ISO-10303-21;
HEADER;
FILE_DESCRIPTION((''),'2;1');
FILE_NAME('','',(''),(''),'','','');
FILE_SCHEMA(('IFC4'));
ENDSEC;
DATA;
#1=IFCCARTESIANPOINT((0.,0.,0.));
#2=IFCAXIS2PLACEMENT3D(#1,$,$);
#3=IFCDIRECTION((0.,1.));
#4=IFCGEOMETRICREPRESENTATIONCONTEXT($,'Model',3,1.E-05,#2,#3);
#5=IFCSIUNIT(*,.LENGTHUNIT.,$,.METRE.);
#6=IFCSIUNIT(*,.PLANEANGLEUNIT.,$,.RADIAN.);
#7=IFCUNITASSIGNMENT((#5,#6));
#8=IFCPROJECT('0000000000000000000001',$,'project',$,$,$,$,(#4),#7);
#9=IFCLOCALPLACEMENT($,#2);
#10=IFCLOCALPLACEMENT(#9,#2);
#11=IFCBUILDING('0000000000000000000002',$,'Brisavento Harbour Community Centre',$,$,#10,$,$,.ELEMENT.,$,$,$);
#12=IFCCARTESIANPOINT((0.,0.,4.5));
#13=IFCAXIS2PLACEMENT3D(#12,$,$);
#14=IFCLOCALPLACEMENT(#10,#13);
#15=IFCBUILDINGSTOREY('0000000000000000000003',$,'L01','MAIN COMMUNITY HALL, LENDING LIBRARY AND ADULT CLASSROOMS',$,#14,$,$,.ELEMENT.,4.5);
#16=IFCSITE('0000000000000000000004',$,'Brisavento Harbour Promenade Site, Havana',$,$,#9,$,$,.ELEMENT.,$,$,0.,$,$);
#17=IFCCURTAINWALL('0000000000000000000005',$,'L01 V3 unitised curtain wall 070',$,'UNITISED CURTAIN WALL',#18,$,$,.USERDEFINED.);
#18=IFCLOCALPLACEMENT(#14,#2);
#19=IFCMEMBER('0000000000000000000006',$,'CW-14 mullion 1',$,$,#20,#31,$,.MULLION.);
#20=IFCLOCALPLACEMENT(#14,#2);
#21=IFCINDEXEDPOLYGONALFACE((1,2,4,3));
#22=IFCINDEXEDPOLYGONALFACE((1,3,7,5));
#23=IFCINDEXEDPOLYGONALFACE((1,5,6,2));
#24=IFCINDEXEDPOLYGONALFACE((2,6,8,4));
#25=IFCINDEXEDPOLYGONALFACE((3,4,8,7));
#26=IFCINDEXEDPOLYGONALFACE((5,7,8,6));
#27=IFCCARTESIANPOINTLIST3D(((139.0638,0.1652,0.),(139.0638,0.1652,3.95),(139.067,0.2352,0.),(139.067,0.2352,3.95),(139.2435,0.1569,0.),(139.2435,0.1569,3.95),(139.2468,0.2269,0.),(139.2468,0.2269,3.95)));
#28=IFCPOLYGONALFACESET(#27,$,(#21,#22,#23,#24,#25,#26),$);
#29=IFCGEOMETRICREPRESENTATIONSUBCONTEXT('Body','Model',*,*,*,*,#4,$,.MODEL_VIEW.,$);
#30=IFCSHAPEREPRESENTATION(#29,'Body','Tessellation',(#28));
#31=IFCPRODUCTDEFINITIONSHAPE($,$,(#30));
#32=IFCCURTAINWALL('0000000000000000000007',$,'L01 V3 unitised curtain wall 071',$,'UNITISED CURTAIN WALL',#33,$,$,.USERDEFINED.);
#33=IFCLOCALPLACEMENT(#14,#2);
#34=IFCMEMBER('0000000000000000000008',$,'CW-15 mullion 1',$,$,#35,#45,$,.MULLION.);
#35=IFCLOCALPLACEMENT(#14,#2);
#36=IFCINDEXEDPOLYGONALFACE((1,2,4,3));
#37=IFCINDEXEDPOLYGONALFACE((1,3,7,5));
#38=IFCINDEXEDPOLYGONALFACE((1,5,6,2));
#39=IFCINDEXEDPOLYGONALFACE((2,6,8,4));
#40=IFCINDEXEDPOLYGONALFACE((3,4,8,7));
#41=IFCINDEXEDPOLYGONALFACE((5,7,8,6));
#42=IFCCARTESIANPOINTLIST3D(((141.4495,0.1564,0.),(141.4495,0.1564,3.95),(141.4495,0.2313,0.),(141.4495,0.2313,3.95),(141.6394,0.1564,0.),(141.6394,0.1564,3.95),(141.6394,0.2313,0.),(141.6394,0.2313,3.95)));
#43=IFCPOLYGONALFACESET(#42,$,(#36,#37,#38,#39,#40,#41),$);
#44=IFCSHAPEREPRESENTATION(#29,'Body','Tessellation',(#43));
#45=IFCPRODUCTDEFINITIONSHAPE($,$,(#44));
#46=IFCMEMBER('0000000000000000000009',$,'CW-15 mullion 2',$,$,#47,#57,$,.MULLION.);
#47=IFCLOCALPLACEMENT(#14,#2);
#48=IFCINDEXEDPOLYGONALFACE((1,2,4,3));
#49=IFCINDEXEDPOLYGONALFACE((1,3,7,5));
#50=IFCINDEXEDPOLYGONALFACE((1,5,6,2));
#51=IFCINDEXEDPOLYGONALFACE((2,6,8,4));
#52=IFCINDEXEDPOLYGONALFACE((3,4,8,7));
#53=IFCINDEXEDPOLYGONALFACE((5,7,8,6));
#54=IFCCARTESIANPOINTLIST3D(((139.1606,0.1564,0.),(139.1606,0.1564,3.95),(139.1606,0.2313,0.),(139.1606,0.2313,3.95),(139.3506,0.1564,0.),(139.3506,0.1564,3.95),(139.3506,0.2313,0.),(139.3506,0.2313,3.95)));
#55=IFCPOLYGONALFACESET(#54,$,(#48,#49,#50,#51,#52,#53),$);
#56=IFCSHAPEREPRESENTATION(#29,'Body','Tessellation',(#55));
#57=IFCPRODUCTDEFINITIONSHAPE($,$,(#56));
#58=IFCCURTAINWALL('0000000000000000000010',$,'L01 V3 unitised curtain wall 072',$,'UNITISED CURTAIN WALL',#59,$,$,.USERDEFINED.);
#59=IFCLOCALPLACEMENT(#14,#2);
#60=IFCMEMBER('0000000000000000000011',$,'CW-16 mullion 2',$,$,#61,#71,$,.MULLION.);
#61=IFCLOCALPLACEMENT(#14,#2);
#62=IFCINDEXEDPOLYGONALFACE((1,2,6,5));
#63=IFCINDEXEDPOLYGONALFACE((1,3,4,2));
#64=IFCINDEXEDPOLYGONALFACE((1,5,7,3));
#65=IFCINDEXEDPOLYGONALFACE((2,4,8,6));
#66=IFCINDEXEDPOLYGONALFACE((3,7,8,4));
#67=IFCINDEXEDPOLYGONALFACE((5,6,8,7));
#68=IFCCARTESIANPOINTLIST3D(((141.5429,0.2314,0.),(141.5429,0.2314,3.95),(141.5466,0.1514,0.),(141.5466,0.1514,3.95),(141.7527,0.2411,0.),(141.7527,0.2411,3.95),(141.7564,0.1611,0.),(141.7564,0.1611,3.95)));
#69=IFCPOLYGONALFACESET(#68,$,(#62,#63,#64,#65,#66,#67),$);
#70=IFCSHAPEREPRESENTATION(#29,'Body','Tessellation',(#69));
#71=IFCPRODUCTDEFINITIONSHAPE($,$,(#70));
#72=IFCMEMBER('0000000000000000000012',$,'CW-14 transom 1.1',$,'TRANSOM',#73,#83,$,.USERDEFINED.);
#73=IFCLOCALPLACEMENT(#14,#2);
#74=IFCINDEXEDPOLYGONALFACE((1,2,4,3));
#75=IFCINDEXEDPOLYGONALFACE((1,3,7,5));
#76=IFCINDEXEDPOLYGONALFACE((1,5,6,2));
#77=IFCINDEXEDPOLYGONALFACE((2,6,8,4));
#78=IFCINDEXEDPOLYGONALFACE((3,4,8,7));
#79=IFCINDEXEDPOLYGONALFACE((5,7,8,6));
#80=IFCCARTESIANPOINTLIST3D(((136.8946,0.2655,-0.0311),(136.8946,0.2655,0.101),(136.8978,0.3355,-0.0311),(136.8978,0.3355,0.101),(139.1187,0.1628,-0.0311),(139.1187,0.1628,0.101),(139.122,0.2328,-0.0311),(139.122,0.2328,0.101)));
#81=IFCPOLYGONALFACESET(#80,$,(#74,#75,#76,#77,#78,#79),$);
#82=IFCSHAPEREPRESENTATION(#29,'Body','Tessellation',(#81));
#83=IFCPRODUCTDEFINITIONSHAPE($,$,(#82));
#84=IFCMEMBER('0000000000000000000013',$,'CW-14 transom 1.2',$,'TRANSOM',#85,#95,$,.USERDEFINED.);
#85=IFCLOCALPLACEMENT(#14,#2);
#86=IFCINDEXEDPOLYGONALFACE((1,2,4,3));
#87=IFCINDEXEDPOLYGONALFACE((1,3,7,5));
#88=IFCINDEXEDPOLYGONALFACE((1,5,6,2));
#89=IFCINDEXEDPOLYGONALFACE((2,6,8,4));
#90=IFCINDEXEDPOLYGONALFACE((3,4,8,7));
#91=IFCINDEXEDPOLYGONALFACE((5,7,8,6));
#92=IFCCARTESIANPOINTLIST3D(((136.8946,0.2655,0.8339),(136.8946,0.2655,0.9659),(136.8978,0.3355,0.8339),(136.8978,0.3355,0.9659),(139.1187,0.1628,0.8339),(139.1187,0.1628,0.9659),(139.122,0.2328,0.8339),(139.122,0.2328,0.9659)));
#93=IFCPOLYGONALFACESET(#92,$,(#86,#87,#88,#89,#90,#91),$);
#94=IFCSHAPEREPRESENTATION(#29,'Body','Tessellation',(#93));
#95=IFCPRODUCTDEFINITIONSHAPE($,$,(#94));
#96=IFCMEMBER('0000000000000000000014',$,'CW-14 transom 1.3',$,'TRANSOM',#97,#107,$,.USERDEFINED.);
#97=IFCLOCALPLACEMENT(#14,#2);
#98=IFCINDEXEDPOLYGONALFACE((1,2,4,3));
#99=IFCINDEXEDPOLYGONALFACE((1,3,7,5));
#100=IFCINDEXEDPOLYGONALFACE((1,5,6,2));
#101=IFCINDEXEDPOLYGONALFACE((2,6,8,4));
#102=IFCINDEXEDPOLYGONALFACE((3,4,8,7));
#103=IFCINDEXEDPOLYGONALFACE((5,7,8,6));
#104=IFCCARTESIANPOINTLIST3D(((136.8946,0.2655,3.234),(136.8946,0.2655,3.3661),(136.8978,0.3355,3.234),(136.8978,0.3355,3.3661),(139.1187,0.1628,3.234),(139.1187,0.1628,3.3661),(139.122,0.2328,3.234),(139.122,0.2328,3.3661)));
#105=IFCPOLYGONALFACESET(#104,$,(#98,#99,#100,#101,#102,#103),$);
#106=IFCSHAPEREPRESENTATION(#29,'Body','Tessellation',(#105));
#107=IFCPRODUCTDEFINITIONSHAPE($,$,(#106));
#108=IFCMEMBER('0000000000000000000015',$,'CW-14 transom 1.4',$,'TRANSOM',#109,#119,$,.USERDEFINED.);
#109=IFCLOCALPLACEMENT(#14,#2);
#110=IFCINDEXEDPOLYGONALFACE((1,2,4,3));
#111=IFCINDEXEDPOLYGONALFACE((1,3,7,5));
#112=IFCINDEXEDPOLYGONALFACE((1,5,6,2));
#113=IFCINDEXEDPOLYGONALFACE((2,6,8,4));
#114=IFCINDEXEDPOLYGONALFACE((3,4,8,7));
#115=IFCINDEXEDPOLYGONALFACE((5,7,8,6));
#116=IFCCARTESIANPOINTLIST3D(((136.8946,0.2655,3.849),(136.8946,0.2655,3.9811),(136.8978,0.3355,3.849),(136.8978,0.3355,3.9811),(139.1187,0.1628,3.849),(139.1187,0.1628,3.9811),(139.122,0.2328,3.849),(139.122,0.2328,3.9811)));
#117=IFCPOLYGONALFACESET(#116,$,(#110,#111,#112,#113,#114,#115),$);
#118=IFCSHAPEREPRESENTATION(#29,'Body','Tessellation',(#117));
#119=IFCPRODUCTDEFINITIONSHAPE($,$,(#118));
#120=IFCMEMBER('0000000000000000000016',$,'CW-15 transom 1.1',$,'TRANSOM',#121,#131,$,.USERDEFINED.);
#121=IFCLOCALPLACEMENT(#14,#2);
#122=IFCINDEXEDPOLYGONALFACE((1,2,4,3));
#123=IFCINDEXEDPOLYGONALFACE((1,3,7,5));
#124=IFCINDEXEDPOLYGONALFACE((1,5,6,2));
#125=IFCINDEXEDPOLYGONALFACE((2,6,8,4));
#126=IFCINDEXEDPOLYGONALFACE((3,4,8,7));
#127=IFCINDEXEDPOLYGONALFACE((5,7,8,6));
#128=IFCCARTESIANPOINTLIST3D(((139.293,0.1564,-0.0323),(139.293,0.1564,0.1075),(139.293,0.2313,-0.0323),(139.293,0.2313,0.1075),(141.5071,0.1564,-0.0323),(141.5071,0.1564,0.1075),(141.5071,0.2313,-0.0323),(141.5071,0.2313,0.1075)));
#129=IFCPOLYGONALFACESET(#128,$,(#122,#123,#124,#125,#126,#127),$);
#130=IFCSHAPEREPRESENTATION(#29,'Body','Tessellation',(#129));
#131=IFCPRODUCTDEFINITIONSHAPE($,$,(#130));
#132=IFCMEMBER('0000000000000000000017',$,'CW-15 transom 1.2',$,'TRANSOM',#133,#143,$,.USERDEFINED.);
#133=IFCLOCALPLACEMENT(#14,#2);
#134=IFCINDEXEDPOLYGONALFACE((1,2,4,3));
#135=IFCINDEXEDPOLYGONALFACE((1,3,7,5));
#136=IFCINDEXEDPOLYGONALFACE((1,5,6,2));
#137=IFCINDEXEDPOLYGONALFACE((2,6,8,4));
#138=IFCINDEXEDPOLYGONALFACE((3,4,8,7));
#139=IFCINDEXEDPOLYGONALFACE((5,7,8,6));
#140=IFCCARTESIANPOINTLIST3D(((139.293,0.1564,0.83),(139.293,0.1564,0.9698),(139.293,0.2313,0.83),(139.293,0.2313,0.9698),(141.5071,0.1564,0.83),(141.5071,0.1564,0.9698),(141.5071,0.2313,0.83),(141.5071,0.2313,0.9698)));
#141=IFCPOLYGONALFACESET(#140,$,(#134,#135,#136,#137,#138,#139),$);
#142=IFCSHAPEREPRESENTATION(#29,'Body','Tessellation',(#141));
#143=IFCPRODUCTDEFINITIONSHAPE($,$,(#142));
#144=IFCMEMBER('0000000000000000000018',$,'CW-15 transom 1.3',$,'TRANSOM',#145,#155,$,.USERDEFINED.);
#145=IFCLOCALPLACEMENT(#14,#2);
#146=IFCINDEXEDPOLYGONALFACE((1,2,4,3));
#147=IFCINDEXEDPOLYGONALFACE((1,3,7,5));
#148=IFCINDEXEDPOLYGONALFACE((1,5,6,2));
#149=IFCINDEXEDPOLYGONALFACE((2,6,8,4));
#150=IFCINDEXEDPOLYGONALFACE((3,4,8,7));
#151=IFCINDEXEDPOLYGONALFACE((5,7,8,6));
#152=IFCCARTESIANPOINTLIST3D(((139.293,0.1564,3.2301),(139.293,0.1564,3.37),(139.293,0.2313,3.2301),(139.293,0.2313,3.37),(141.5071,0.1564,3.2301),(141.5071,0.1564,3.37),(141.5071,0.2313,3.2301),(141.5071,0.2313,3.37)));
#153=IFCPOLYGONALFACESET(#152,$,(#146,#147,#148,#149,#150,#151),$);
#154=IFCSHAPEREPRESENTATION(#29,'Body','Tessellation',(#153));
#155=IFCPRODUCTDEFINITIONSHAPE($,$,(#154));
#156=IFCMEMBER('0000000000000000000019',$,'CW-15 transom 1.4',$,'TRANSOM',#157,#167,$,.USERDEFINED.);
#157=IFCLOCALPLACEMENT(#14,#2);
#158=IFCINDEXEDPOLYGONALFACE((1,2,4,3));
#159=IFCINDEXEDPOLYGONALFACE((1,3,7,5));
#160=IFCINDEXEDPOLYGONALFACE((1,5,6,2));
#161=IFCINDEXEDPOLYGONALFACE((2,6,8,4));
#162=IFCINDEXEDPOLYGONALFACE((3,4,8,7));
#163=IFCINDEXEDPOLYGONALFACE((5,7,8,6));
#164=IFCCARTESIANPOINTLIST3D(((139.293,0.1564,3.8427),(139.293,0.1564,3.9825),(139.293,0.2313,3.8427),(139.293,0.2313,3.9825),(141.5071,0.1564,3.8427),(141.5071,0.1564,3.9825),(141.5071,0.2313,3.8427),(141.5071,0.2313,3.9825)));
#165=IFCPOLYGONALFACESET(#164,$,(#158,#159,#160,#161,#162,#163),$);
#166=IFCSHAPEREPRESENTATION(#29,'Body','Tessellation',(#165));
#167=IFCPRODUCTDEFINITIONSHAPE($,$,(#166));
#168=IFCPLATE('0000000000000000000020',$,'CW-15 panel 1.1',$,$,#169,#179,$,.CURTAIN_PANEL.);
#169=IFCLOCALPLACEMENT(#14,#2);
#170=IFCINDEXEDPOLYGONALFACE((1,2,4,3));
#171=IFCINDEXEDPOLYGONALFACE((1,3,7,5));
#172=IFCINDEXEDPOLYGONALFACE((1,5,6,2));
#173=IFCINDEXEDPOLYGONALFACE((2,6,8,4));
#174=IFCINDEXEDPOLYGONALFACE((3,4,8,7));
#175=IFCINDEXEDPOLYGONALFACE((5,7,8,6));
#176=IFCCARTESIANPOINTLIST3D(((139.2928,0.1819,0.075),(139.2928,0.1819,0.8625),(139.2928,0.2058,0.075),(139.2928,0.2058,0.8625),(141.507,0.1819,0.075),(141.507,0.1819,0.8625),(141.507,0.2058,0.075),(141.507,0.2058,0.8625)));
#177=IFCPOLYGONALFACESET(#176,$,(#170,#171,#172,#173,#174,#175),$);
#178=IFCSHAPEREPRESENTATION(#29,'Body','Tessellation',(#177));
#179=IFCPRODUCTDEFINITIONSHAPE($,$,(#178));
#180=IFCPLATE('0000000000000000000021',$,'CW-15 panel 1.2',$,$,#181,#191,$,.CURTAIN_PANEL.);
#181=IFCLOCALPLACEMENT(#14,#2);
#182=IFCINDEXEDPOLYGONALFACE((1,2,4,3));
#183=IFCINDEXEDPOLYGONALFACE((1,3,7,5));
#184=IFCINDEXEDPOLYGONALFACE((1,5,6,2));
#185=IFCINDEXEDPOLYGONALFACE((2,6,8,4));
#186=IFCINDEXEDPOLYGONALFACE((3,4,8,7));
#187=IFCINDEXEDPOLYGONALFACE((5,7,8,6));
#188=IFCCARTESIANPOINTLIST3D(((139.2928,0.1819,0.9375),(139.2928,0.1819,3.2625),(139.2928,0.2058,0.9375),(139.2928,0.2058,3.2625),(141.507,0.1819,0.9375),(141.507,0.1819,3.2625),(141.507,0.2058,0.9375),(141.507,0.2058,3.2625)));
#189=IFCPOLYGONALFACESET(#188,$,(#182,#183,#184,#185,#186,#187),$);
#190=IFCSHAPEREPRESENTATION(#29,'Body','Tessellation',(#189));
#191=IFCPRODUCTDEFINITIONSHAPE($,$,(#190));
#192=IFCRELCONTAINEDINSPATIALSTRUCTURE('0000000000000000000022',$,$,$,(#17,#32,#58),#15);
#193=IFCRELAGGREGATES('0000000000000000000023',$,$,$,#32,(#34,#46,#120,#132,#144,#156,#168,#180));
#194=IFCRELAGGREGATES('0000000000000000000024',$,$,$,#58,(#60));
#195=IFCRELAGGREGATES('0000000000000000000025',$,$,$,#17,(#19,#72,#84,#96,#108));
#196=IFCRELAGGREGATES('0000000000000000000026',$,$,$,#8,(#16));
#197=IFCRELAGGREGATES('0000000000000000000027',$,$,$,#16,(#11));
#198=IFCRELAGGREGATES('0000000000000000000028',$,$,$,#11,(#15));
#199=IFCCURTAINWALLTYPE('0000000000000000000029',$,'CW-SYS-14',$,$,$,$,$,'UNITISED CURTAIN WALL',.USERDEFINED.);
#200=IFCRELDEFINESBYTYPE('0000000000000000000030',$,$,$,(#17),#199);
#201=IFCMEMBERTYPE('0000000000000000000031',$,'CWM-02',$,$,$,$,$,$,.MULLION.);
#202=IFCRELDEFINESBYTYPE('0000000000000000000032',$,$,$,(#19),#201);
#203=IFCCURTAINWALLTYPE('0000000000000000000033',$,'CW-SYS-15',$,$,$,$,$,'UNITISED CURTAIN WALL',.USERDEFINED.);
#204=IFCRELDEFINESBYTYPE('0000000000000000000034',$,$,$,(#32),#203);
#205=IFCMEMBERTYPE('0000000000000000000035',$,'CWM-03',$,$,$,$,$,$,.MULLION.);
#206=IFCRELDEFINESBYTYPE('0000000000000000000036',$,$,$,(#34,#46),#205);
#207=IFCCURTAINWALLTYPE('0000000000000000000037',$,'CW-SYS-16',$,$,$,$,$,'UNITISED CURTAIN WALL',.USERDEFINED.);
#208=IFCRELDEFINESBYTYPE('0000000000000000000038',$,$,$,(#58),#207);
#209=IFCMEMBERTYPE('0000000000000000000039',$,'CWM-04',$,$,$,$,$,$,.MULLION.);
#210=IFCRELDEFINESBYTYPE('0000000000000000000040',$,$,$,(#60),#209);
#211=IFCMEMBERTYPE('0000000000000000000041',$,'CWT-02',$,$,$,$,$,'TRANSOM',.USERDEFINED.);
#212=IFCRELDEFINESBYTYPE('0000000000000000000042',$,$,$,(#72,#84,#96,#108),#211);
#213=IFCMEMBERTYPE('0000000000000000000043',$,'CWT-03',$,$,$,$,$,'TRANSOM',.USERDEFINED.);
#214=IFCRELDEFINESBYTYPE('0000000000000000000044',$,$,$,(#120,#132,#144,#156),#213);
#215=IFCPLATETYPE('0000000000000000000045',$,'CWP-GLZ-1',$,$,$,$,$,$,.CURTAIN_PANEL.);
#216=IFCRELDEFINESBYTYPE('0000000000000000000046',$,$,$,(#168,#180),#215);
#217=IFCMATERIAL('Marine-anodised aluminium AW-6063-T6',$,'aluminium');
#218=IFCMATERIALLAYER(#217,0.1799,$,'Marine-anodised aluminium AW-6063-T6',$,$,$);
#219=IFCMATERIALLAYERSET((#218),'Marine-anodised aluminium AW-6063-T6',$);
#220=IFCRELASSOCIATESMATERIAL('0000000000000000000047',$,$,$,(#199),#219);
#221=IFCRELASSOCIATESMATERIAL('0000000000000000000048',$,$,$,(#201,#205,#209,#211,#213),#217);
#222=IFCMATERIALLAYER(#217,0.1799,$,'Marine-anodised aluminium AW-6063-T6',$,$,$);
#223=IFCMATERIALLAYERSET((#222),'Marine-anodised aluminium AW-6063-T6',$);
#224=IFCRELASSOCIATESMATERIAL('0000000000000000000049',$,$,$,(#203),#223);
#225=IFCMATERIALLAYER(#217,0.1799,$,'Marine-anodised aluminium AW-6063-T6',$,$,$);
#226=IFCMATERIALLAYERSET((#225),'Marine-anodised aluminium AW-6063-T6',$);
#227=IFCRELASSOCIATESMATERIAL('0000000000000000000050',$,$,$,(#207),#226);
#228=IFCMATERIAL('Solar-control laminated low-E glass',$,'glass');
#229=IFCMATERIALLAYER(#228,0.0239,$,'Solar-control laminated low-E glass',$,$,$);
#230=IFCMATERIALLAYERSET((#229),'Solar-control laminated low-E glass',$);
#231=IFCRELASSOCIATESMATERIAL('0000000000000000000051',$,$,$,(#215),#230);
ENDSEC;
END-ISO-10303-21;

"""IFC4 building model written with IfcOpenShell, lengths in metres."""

from ifc_helpers import new_model, si_unit, direction, frame, origin, origin_2d, place, context, subcontext, project, spatial, rectangle, extrude, material, layer, layer_set, material_profile, profile_set, type_object, element, aggregate, save


model = new_model("IFC4")

# Units and contexts
model_context = context("Model", 3, precision=1e-05, world=origin(), true_north=direction((0.0, 1.0)))
body_context = subcontext(model_context, "Body", "Model", "MODEL_VIEW")
ifc_project = project(units=[si_unit("LENGTHUNIT", "METRE"), si_unit("PLANEANGLEUNIT", "RADIAN")], contexts=[model_context])

# Site, building, storey
site_placement = place(None, origin())
site = spatial("IfcSite", under=ifc_project, at=site_placement, Name="Brisavento Harbour Promenade Site, Havana", CompositionType="ELEMENT", RefElevation=0.0)
building_placement = place(site_placement, origin())
building = spatial("IfcBuilding", under=site, at=building_placement, Name="Brisavento Harbour Community Centre", CompositionType="ELEMENT")
storey_placement = place(building_placement, frame((0.0, 0.0, 4.5)))
storey = spatial("IfcBuildingStorey", under=building, at=storey_placement, Name="L01", Description="MAIN COMMUNITY HALL, LENDING LIBRARY AND ADULT CLASSROOMS", CompositionType="ELEMENT", Elevation=4.5)

# Curtain wall, member
ifc_material_1 = material(Name="Marine-anodised aluminium AW-6063-T6", Category="aluminium")
ifc_layer_1 = layer(ifc_material_1, 0.1799, Name="Marine-anodised aluminium AW-6063-T6")
ifc_layer_set_1 = layer_set([ifc_layer_1], Name="Marine-anodised aluminium AW-6063-T6")
curtain_wall_type_1 = type_object("IfcCurtainWallType", Name="CW-SYS-14", ElementType="UNITISED CURTAIN WALL", PredefinedType="USERDEFINED", material=ifc_layer_set_1)
curtain_wall_1_placement = place(storey_placement, origin())
curtain_wall_1 = element("IfcCurtainWall", 1, at=curtain_wall_1_placement, inside=storey, type_object=curtain_wall_type_1, Name="L01 V3 unitised curtain wall 070", ObjectType="UNITISED CURTAIN WALL", PredefinedType="USERDEFINED")
ifc_material_profile_1 = material_profile(ifc_material_1, rectangle(XDim=0.0701, YDim=0.1799, at=origin_2d()), Name="Marine-anodised aluminium AW-6063-T6")
ifc_profile_set_1 = profile_set([ifc_material_profile_1], Name="Marine-anodised aluminium AW-6063-T6")
member_type_1 = type_object("IfcMemberType", Name="CWM-02", PredefinedType="MULLION", material=ifc_profile_set_1)
member_1_placement = place(storey_placement, frame((139.1553, 0.196, 0.0), z_axis=(0.0, 0.0, 1.0), x_axis=(-0.046186, -0.998933, 0.0)))
member_1 = element("IfcMember", 2, at=member_1_placement, type_object=member_type_1, Name="CW-14 mullion 1", PredefinedType="MULLION", context=body_context, shape_type="SweptSolid", body=[
    extrude(rectangle(XDim=0.0701, YDim=0.1799, at=origin_2d()), origin(), (0.0, 0.0, 1.0), 3.95),
])

# Curtain wall, members
ifc_layer_2 = layer(ifc_material_1, 0.1799, Name="Marine-anodised aluminium AW-6063-T6")
ifc_layer_set_2 = layer_set([ifc_layer_2], Name="Marine-anodised aluminium AW-6063-T6")
curtain_wall_type_2 = type_object("IfcCurtainWallType", Name="CW-SYS-15", ElementType="UNITISED CURTAIN WALL", PredefinedType="USERDEFINED", material=ifc_layer_set_2)
curtain_wall_2_placement = place(storey_placement, origin())
curtain_wall_2 = element("IfcCurtainWall", 3, at=curtain_wall_2_placement, inside=storey, type_object=curtain_wall_type_2, Name="L01 V3 unitised curtain wall 071", ObjectType="UNITISED CURTAIN WALL", PredefinedType="USERDEFINED")
ifc_material_profile_2 = material_profile(ifc_material_1, rectangle(XDim=0.075, YDim=0.1899, at=origin_2d()), Name="Marine-anodised aluminium AW-6063-T6")
ifc_profile_set_2 = profile_set([ifc_material_profile_2], Name="Marine-anodised aluminium AW-6063-T6")
member_type_2 = type_object("IfcMemberType", Name="CWM-03", PredefinedType="MULLION", material=ifc_profile_set_2)
member_2_placement = place(storey_placement, frame((141.5444, 0.1938, 0.0), z_axis=(0.0, 0.0, 1.0), x_axis=(0.0, -1.0, 0.0)))
member_2 = element("IfcMember", 4, at=member_2_placement, type_object=member_type_2, Name="CW-15 mullion 1", PredefinedType="MULLION", context=body_context, shape_type="SweptSolid", body=[
    extrude(rectangle(XDim=0.075, YDim=0.1899, at=origin_2d()), origin(), (0.0, 0.0, 1.0), 3.95),
])
member_3_placement = place(storey_placement, frame((139.2556, 0.1938, 0.0), z_axis=(0.0, 0.0, 1.0), x_axis=(0.0, -1.0, 0.0)))
member_3 = element("IfcMember", 5, at=member_3_placement, type_object=member_type_2, Name="CW-15 mullion 2", PredefinedType="MULLION", context=body_context, shape_type="SweptSolid", body=[
    extrude(rectangle(XDim=0.075, YDim=0.1899, at=origin_2d()), origin(), (0.0, 0.0, 1.0), 3.95),
])

# Curtain wall, member
ifc_layer_3 = layer(ifc_material_1, 0.1799, Name="Marine-anodised aluminium AW-6063-T6")
ifc_layer_set_3 = layer_set([ifc_layer_3], Name="Marine-anodised aluminium AW-6063-T6")
curtain_wall_type_3 = type_object("IfcCurtainWallType", Name="CW-SYS-16", ElementType="UNITISED CURTAIN WALL", PredefinedType="USERDEFINED", material=ifc_layer_set_3)
curtain_wall_3_placement = place(storey_placement, origin())
curtain_wall_3 = element("IfcCurtainWall", 6, at=curtain_wall_3_placement, inside=storey, type_object=curtain_wall_type_3, Name="L01 V3 unitised curtain wall 072", ObjectType="UNITISED CURTAIN WALL", PredefinedType="USERDEFINED")
ifc_material_profile_3 = material_profile(ifc_material_1, rectangle(XDim=0.0801, YDim=0.21, at=origin_2d()), Name="Marine-anodised aluminium AW-6063-T6")
ifc_profile_set_3 = profile_set([ifc_material_profile_3], Name="Marine-anodised aluminium AW-6063-T6")
member_type_3 = type_object("IfcMemberType", Name="CWM-04", PredefinedType="MULLION", material=ifc_profile_set_3)
member_4_placement = place(storey_placement, frame((141.6497, 0.1963, 0.0), z_axis=(0.0, 0.0, 1.0), x_axis=(0.046186, -0.998933, 0.0)))
member_4 = element("IfcMember", 7, at=member_4_placement, type_object=member_type_3, Name="CW-16 mullion 2", PredefinedType="MULLION", context=body_context, shape_type="SweptSolid", body=[
    extrude(rectangle(XDim=0.0801, YDim=0.21, at=origin_2d()), origin(), (0.0, 0.0, 1.0), 3.95),
])

# Members
ifc_material_profile_4 = material_profile(ifc_material_1, rectangle(XDim=0.0701, YDim=0.1321, at=origin_2d()), Name="Marine-anodised aluminium AW-6063-T6")
ifc_profile_set_4 = profile_set([ifc_material_profile_4], Name="Marine-anodised aluminium AW-6063-T6")
member_type_4 = type_object("IfcMemberType", Name="CWT-02", ElementType="TRANSOM", PredefinedType="USERDEFINED", material=ifc_profile_set_4)
member_5_placement = place(storey_placement, frame((139.1204, 0.1978, 0.0349), z_axis=(-0.998934, 0.046164, 0.0), x_axis=(-0.046164, -0.998934, 0.0)))
member_5 = element("IfcMember", 8, at=member_5_placement, type_object=member_type_4, Name="CW-14 transom 1.1", ObjectType="TRANSOM", PredefinedType="USERDEFINED", context=body_context, shape_type="SweptSolid", body=[
    extrude(rectangle(XDim=0.0701, YDim=0.1321, at=origin_2d()), origin(), (0.0, 0.0, 1.0), 2.2266),
])
member_6_placement = place(storey_placement, frame((139.1204, 0.1978, 0.8999), z_axis=(-0.998934, 0.046164, 0.0), x_axis=(-0.046164, -0.998934, 0.0)))
member_6 = element("IfcMember", 9, at=member_6_placement, type_object=member_type_4, Name="CW-14 transom 1.2", ObjectType="TRANSOM", PredefinedType="USERDEFINED", context=body_context, shape_type="SweptSolid", body=[
    extrude(rectangle(XDim=0.0701, YDim=0.1321, at=origin_2d()), origin(), (0.0, 0.0, 1.0), 2.2266),
])
member_7_placement = place(storey_placement, frame((139.1204, 0.1978, 3.3), z_axis=(-0.998934, 0.046164, 0.0), x_axis=(-0.046164, -0.998934, 0.0)))
member_7 = element("IfcMember", 10, at=member_7_placement, type_object=member_type_4, Name="CW-14 transom 1.3", ObjectType="TRANSOM", PredefinedType="USERDEFINED", context=body_context, shape_type="SweptSolid", body=[
    extrude(rectangle(XDim=0.0701, YDim=0.1321, at=origin_2d()), origin(), (0.0, 0.0, 1.0), 2.2266),
])
member_8_placement = place(storey_placement, frame((139.1204, 0.1978, 3.915), z_axis=(-0.998934, 0.046164, 0.0), x_axis=(-0.046164, -0.998934, 0.0)))
member_8 = element("IfcMember", 11, at=member_8_placement, type_object=member_type_4, Name="CW-14 transom 1.4", ObjectType="TRANSOM", PredefinedType="USERDEFINED", context=body_context, shape_type="SweptSolid", body=[
    extrude(rectangle(XDim=0.0701, YDim=0.1321, at=origin_2d()), origin(), (0.0, 0.0, 1.0), 2.2266),
])
ifc_material_profile_5 = material_profile(ifc_material_1, rectangle(XDim=0.075, YDim=0.1399, at=origin_2d()), Name="Marine-anodised aluminium AW-6063-T6")
ifc_profile_set_5 = profile_set([ifc_material_profile_5], Name="Marine-anodised aluminium AW-6063-T6")
member_type_5 = type_object("IfcMemberType", Name="CWT-03", ElementType="TRANSOM", PredefinedType="USERDEFINED", material=ifc_profile_set_5)
member_9_placement = place(storey_placement, frame((141.5071, 0.1938, 0.0376), z_axis=(-1.0, 0.0, 0.0), x_axis=(0.0, -1.0, 0.0)))
member_9 = element("IfcMember", 12, at=member_9_placement, type_object=member_type_5, Name="CW-15 transom 1.1", ObjectType="TRANSOM", PredefinedType="USERDEFINED", context=body_context, shape_type="SweptSolid", body=[
    extrude(rectangle(XDim=0.075, YDim=0.1399, at=origin_2d()), origin(), (0.0, 0.0, 1.0), 2.2141),
])
member_10_placement = place(storey_placement, frame((141.5071, 0.1938, 0.8999), z_axis=(-1.0, 0.0, 0.0), x_axis=(0.0, -1.0, 0.0)))
member_10 = element("IfcMember", 13, at=member_10_placement, type_object=member_type_5, Name="CW-15 transom 1.2", ObjectType="TRANSOM", PredefinedType="USERDEFINED", context=body_context, shape_type="SweptSolid", body=[
    extrude(rectangle(XDim=0.075, YDim=0.1399, at=origin_2d()), origin(), (0.0, 0.0, 1.0), 2.2141),
])
member_11_placement = place(storey_placement, frame((141.5071, 0.1938, 3.3), z_axis=(-1.0, 0.0, 0.0), x_axis=(0.0, -1.0, 0.0)))
member_11 = element("IfcMember", 14, at=member_11_placement, type_object=member_type_5, Name="CW-15 transom 1.3", ObjectType="TRANSOM", PredefinedType="USERDEFINED", context=body_context, shape_type="SweptSolid", body=[
    extrude(rectangle(XDim=0.075, YDim=0.1399, at=origin_2d()), origin(), (0.0, 0.0, 1.0), 2.2141),
])
member_12_placement = place(storey_placement, frame((141.5071, 0.1938, 3.9126), z_axis=(-1.0, 0.0, 0.0), x_axis=(0.0, -1.0, 0.0)))
member_12 = element("IfcMember", 15, at=member_12_placement, type_object=member_type_5, Name="CW-15 transom 1.4", ObjectType="TRANSOM", PredefinedType="USERDEFINED", context=body_context, shape_type="SweptSolid", body=[
    extrude(rectangle(XDim=0.075, YDim=0.1399, at=origin_2d()), origin(), (0.0, 0.0, 1.0), 2.2141),
])

# Plates
ifc_material_2 = material(Name="Solar-control laminated low-E glass", Category="glass")
ifc_layer_4 = layer(ifc_material_2, 0.0239, Name="Solar-control laminated low-E glass")
ifc_layer_set_4 = layer_set([ifc_layer_4], Name="Solar-control laminated low-E glass")
plate_type_1 = type_object("IfcPlateType", Name="CWP-GLZ-1", PredefinedType="CURTAIN_PANEL", material=ifc_layer_set_4)
plate_1_placement = place(storey_placement, frame((140.3999, 0.1938, 0.075), z_axis=(0.0, 0.0, 1.0), x_axis=(-1.0, 0.0, 0.0)))
plate_1 = element("IfcPlate", 16, at=plate_1_placement, type_object=plate_type_1, Name="CW-15 panel 1.1", PredefinedType="CURTAIN_PANEL", context=body_context, shape_type="SweptSolid", body=[
    extrude(rectangle(XDim=2.2141, YDim=0.0239, at=origin_2d()), origin(), (0.0, 0.0, 1.0), 0.7876),
])
plate_2_placement = place(storey_placement, frame((140.3999, 0.1938, 0.9375), z_axis=(0.0, 0.0, 1.0), x_axis=(-1.0, 0.0, 0.0)))
plate_2 = element("IfcPlate", 17, at=plate_2_placement, type_object=plate_type_1, Name="CW-15 panel 1.2", PredefinedType="CURTAIN_PANEL", context=body_context, shape_type="SweptSolid", body=[
    extrude(rectangle(XDim=2.2141, YDim=0.0239, at=origin_2d()), origin(), (0.0, 0.0, 1.0), 2.325),
])
aggregate(curtain_wall_2, [member_2, member_3, member_9, member_10, member_11, member_12, plate_1, plate_2])
aggregate(curtain_wall_3, [member_4])
aggregate(curtain_wall_1, [member_1, member_5, member_6, member_7, member_8])

save(model, "model.ifc")
